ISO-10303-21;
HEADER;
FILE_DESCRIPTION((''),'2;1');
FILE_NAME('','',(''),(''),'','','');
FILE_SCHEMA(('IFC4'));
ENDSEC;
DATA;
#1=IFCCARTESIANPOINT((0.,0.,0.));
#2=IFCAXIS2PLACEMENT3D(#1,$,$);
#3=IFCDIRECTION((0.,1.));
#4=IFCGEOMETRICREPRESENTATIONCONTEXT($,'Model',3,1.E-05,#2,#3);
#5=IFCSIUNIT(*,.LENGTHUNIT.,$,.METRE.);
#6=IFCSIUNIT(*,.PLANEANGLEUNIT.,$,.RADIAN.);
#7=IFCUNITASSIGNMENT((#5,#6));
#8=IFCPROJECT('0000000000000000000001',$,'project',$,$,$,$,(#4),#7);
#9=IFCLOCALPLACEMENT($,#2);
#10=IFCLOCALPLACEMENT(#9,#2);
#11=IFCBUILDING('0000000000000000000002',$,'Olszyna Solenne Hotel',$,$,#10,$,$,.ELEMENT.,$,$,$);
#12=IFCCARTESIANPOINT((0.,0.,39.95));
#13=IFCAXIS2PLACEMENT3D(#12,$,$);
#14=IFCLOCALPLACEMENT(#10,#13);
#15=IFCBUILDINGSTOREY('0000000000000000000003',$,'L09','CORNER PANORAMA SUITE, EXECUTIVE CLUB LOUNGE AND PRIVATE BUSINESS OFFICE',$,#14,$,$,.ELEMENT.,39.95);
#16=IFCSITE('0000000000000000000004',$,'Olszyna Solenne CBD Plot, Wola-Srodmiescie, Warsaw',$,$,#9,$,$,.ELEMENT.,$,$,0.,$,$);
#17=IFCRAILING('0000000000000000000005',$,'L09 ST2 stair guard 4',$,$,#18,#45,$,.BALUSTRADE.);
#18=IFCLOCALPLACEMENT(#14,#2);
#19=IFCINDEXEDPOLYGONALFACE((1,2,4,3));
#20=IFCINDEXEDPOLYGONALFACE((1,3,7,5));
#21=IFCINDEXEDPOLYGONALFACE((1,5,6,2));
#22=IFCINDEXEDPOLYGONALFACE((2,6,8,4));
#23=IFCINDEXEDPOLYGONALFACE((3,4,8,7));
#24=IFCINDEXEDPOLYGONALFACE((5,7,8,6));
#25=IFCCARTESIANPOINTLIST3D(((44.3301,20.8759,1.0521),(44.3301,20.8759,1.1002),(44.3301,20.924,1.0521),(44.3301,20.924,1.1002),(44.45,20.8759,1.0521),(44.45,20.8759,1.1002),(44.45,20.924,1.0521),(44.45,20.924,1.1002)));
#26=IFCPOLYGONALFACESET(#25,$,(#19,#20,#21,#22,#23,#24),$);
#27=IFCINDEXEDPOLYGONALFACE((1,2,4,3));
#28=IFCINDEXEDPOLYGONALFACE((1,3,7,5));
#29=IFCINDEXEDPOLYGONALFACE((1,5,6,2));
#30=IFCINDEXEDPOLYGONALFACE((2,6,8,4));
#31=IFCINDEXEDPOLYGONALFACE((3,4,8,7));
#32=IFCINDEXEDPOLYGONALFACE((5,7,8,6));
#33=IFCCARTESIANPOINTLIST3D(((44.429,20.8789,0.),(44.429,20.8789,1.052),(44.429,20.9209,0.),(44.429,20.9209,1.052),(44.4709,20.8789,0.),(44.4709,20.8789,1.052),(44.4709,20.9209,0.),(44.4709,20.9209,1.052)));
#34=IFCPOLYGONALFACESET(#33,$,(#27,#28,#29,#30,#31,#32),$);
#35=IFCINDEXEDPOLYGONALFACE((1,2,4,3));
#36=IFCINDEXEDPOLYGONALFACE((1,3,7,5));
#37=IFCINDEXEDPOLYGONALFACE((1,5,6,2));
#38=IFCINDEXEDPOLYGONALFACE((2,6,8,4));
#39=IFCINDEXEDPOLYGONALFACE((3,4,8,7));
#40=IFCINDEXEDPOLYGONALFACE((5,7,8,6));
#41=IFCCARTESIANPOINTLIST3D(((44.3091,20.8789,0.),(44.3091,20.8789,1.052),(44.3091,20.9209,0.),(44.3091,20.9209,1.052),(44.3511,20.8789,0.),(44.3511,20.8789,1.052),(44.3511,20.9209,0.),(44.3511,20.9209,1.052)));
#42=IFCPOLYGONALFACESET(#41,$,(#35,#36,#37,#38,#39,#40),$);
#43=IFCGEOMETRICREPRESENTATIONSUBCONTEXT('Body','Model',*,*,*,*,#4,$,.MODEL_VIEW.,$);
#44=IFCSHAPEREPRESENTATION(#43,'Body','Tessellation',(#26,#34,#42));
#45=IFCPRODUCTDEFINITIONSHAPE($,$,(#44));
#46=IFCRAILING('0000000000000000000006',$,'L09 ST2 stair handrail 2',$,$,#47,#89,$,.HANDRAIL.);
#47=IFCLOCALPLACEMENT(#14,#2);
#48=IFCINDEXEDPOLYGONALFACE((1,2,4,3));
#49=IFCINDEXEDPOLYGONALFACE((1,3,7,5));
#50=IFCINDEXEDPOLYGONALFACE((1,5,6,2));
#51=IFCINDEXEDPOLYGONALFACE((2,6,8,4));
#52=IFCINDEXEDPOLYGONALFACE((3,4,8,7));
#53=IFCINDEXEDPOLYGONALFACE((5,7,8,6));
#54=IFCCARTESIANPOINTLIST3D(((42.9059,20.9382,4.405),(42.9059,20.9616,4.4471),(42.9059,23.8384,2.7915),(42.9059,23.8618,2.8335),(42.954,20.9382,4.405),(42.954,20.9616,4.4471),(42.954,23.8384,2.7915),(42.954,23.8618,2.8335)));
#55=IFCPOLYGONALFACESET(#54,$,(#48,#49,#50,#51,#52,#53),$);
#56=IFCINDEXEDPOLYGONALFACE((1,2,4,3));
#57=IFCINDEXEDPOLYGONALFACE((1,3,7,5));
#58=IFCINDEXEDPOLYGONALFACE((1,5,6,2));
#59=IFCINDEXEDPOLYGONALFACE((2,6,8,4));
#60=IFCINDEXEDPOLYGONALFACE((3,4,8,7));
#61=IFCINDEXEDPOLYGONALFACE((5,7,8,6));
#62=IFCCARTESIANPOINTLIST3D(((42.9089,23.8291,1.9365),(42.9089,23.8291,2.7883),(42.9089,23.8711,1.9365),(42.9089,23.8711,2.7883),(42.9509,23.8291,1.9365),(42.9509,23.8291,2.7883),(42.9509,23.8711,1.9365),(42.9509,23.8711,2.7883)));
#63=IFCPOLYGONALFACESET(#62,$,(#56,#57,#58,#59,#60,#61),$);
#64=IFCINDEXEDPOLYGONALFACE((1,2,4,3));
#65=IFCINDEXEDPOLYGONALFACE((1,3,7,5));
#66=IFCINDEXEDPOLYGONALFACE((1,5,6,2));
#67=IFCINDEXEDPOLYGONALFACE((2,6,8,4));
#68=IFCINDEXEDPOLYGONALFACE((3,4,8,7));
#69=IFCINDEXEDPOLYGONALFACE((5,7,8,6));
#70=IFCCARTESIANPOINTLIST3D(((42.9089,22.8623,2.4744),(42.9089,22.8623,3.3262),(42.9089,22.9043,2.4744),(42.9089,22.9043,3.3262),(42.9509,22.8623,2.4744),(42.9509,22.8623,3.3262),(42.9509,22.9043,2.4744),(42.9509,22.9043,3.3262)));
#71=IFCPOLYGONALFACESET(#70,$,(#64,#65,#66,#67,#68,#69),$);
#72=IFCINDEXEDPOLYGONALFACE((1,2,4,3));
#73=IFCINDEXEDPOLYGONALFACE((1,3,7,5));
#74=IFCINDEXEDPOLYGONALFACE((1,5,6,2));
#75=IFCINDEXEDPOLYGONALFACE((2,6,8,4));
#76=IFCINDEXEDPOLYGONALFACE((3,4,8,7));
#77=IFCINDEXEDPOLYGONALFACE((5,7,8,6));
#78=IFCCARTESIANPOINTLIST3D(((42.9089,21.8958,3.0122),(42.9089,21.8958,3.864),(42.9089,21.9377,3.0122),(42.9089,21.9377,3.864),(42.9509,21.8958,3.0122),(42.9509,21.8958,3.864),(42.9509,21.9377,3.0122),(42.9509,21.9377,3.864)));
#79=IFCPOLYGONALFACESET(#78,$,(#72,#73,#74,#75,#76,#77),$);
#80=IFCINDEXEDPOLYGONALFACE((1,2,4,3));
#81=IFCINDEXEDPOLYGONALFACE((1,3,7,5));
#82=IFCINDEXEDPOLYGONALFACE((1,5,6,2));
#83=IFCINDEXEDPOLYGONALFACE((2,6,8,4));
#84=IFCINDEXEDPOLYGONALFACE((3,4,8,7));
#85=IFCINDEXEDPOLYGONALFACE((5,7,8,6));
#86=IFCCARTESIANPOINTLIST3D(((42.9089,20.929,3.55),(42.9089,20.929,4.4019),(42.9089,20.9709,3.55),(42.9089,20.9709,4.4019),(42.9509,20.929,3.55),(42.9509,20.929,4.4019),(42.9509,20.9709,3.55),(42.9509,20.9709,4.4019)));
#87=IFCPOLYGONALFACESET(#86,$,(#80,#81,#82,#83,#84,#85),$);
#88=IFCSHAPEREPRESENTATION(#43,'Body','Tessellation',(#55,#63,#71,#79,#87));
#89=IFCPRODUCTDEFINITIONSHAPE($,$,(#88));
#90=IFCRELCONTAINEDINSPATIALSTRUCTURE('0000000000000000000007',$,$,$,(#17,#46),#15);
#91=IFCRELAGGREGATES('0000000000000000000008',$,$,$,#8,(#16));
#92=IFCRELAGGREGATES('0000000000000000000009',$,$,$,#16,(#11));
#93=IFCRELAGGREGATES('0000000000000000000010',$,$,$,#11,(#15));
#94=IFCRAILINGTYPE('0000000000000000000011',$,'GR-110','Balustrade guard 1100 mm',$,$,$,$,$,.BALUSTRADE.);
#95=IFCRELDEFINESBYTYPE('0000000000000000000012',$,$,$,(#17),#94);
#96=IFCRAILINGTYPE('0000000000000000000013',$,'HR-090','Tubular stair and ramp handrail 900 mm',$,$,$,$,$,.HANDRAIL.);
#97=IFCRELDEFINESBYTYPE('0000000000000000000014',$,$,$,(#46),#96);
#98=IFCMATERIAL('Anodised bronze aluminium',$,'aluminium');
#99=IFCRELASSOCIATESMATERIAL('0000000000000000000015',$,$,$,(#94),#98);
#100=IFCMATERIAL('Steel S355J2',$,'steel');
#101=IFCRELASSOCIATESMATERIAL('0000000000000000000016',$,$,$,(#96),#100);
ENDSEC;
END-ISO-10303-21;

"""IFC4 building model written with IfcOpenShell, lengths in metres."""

from ifc_helpers import new_model, si_unit, direction, frame, origin, origin_2d, place, context, subcontext, project, spatial, rectangle, extrude, material, type_object, element, save


model = new_model("IFC4")

# Units and contexts
model_context = context("Model", 3, precision=1e-05, world=origin(), true_north=direction((0.0, 1.0)))
body_context = subcontext(model_context, "Body", "Model", "MODEL_VIEW")
ifc_project = project(units=[si_unit("LENGTHUNIT", "METRE"), si_unit("PLANEANGLEUNIT", "RADIAN")], contexts=[model_context])

# Site, building, storey
site_placement = place(None, origin())
site = spatial("IfcSite", under=ifc_project, at=site_placement, Name="Olszyna Solenne CBD Plot, Wola-Srodmiescie, Warsaw", CompositionType="ELEMENT", RefElevation=0.0)
building_placement = place(site_placement, origin())
building = spatial("IfcBuilding", under=site, at=building_placement, Name="Olszyna Solenne Hotel", CompositionType="ELEMENT")
storey_placement = place(building_placement, frame((0.0, 0.0, 39.95)))
storey = spatial("IfcBuildingStorey", under=building, at=storey_placement, Name="L09", Description="CORNER PANORAMA SUITE, EXECUTIVE CLUB LOUNGE AND PRIVATE BUSINESS OFFICE", CompositionType="ELEMENT", Elevation=39.95)

# Shared definitions
ifc_material_1 = material(Name="Steel S355J2", Category="steel")

# Railings
ifc_material_2 = material(Name="Anodised bronze aluminium", Category="aluminium")
railing_type_1 = type_object("IfcRailingType", Name="GR-110", Description="Balustrade guard 1100 mm", PredefinedType="BALUSTRADE", material=ifc_material_2)
railing_1_placement = place(storey_placement, frame((44.45, 20.8999, 0.0)))
element("IfcRailing", 1, at=railing_1_placement, inside=storey, type_object=railing_type_1, Name="L09 ST2 stair guard 4", PredefinedType="BALUSTRADE", context=body_context, shape_type="SweptSolid", body=[
    extrude(rectangle(XDim=0.0481, YDim=0.0481, at=origin_2d()), frame((0.0, 0.0, 1.0762), z_axis=(-1.0, 0.0, 0.0), x_axis=(0.0, -1.0, 0.0)), (0.0, 0.0, 1.0), 0.1199),
    extrude(rectangle(XDim=0.042, YDim=0.042, at=origin_2d()), origin(), (0.0, 0.0, 1.0), 1.052),
    extrude(rectangle(XDim=0.042, YDim=0.042, at=origin_2d()), frame((-0.1199, 0.0, 0.0)), (0.0, 0.0, 1.0), 1.052),
])
railing_type_2 = type_object("IfcRailingType", Name="HR-090", Description="Tubular stair and ramp handrail 900 mm", PredefinedType="HANDRAIL", material=ifc_material_1)
railing_2_placement = place(storey_placement, frame((42.9299, 23.8501, 1.9365)))
element("IfcRailing", 2, at=railing_2_placement, inside=storey, type_object=railing_type_2, Name="L09 ST2 stair handrail 2", PredefinedType="HANDRAIL", context=body_context, shape_type="SweptSolid", body=[
    extrude(rectangle(XDim=0.0481, YDim=0.0481, at=origin_2d()), frame((0.0, 0.0, 0.876), z_axis=(0.0, -0.873859, 0.48618), x_axis=(1.0, 0.0, 0.0)), (0.0, 0.0, 1.0), 3.3188),
    extrude(rectangle(XDim=0.042, YDim=0.042, at=origin_2d()), origin(), (0.0, 0.0, 1.0), 0.8518),
    extrude(rectangle(XDim=0.042, YDim=0.042, at=origin_2d()), frame((0.0, -0.9668, 0.5378)), (0.0, 0.0, 1.0), 0.8518),
    extrude(rectangle(XDim=0.042, YDim=0.042, at=origin_2d()), frame((0.0, -1.9333, 1.0757)), (0.0, 0.0, 1.0), 0.8518),
    extrude(rectangle(XDim=0.042, YDim=0.042, at=origin_2d()), frame((0.0, -2.9001, 1.6135)), (0.0, 0.0, 1.0), 0.8518),
])

save(model, "model.ifc")
